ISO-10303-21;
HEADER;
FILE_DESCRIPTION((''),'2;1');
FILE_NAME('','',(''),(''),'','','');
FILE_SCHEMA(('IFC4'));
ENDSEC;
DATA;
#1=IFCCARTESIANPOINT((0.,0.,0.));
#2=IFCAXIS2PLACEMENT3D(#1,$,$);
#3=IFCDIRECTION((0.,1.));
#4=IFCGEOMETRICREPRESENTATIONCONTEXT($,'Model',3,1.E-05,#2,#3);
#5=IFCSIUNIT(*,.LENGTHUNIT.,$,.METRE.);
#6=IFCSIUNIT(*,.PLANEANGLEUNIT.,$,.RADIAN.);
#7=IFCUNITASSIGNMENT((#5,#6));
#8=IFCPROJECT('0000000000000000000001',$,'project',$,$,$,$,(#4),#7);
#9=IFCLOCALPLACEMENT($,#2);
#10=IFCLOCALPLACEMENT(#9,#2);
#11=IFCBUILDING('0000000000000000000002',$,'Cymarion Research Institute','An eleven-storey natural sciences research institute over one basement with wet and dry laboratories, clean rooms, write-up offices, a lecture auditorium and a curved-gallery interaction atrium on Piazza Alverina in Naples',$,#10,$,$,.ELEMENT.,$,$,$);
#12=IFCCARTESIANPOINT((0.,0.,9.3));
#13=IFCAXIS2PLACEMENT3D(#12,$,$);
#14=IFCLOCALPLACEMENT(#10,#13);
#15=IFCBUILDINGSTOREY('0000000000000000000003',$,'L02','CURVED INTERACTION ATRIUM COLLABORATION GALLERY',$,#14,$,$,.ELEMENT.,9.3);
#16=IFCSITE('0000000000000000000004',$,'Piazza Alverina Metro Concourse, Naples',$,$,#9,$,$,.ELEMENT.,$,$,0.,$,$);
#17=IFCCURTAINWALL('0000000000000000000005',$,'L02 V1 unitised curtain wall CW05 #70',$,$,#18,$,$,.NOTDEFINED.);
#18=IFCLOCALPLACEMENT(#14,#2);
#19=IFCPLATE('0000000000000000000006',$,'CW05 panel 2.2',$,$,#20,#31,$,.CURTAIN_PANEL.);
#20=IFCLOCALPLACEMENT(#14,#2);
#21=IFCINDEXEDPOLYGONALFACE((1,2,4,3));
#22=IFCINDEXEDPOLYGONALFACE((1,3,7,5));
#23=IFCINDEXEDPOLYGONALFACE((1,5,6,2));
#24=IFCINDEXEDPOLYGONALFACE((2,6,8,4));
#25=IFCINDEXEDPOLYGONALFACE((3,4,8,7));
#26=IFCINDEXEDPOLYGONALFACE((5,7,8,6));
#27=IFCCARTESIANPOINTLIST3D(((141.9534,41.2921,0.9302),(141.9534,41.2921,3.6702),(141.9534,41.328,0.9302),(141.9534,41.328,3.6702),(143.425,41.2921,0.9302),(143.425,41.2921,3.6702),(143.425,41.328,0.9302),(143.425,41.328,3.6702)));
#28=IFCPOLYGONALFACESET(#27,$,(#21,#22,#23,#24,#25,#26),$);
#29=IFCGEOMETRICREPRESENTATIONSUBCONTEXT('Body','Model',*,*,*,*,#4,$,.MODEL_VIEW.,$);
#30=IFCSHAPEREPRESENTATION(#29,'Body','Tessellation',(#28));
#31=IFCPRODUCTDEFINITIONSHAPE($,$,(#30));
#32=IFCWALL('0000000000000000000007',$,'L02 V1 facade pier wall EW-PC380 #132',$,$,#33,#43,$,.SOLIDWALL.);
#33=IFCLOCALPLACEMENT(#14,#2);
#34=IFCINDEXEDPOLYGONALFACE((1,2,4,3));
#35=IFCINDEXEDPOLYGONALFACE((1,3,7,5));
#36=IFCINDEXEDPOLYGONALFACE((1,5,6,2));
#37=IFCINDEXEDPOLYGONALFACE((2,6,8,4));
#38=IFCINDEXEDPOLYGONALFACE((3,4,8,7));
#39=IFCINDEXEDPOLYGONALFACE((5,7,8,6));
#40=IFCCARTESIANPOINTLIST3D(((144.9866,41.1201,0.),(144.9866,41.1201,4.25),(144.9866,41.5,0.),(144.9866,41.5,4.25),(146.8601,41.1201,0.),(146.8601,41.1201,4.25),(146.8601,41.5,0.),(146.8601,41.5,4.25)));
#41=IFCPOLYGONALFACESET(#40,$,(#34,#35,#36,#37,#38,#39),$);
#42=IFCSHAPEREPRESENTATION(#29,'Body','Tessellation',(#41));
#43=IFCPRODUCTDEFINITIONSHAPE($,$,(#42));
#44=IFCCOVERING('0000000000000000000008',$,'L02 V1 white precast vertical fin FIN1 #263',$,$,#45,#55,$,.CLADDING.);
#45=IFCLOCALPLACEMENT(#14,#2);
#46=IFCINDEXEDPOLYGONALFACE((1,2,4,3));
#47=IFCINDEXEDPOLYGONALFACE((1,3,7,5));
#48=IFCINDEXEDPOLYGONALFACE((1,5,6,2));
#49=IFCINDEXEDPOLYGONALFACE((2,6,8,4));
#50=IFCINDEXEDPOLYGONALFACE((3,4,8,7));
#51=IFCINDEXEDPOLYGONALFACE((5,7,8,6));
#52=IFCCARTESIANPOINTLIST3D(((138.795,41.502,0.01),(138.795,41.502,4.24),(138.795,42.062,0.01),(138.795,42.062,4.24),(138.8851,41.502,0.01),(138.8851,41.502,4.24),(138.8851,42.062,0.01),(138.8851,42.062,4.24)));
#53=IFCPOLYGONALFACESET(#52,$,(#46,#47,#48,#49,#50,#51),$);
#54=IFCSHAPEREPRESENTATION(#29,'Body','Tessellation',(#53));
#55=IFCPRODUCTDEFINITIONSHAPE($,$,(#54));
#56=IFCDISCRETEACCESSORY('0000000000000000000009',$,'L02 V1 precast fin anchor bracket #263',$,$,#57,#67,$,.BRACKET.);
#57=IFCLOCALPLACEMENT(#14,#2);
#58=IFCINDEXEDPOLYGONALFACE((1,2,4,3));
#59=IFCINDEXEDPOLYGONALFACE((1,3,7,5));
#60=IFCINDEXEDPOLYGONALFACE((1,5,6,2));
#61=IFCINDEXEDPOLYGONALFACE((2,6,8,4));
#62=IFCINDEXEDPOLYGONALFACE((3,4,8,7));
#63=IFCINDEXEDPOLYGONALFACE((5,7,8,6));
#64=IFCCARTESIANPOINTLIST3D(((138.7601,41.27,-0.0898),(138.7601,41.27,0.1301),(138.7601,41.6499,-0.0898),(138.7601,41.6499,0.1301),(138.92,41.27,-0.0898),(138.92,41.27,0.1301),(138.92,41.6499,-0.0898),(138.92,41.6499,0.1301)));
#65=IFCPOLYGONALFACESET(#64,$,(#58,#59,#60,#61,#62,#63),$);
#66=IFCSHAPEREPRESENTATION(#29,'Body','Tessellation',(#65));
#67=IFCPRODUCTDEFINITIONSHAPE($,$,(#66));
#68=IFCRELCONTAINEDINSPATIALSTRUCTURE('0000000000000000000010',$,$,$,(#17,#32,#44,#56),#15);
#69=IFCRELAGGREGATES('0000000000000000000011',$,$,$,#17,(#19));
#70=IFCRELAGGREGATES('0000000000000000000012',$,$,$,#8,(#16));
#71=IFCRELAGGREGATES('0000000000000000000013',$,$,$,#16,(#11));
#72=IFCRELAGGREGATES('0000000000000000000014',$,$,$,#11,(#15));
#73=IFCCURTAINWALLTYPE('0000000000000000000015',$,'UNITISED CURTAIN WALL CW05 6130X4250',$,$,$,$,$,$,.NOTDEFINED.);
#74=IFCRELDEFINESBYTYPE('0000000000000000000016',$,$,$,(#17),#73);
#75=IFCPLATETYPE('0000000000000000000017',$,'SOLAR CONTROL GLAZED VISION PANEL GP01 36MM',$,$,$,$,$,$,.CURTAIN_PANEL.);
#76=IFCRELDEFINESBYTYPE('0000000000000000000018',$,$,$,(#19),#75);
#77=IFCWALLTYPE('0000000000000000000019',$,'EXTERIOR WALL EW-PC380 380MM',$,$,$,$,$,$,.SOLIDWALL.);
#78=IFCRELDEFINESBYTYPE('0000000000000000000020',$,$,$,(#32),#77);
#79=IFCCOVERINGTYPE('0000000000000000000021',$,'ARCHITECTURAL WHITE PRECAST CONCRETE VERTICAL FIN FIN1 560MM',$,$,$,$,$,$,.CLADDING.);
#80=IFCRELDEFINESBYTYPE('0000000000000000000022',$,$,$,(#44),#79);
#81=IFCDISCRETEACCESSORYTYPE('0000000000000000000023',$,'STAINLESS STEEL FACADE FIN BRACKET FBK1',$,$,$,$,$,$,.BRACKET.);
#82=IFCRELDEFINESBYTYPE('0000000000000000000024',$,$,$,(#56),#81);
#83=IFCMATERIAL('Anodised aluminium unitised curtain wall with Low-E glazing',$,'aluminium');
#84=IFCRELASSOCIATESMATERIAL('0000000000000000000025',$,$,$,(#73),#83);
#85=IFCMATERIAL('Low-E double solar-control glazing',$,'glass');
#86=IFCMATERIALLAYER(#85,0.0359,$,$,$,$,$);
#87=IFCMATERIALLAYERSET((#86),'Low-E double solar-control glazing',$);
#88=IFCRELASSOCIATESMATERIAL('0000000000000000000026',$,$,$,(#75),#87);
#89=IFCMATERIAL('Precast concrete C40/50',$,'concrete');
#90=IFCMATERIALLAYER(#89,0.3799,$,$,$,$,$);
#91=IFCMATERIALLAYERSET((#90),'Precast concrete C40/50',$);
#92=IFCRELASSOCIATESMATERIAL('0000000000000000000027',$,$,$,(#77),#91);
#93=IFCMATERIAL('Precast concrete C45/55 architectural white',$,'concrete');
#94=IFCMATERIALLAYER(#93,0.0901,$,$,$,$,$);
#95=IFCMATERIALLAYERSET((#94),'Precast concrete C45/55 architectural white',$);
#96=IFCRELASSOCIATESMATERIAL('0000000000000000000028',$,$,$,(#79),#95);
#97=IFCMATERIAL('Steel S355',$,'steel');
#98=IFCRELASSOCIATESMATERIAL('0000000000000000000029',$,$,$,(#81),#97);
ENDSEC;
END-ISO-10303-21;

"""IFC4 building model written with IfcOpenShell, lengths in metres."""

from ifc_helpers import new_model, si_unit, direction, frame, frame_2d, origin, origin_2d, place, context, subcontext, project, spatial, rectangle, extrude, material, layer, layer_set, type_object, element, aggregate, save


model = new_model("IFC4")

# Units and contexts
model_context = context("Model", 3, precision=1e-05, world=origin(), true_north=direction((0.0, 1.0)))
body_context = subcontext(model_context, "Body", "Model", "MODEL_VIEW")
ifc_project = project(units=[si_unit("LENGTHUNIT", "METRE"), si_unit("PLANEANGLEUNIT", "RADIAN")], contexts=[model_context])

# Site, building, storey
site_placement = place(None, origin())
site = spatial("IfcSite", under=ifc_project, at=site_placement, Name="Piazza Alverina Metro Concourse, Naples", CompositionType="ELEMENT", RefElevation=0.0)
building_placement = place(site_placement, origin())
building = spatial("IfcBuilding", under=site, at=building_placement, Name="Cymarion Research Institute", Description="An eleven-storey natural sciences research institute over one basement with wet and dry laboratories, clean rooms, write-up offices, a lecture auditorium and a curved-gallery interaction atrium on Piazza Alverina in Naples", CompositionType="ELEMENT")
storey_placement = place(building_placement, frame((0.0, 0.0, 9.3)))
storey = spatial("IfcBuildingStorey", under=building, at=storey_placement, Name="L02", Description="CURVED INTERACTION ATRIUM COLLABORATION GALLERY", CompositionType="ELEMENT", Elevation=9.3)

# Shared definitions
ifc_material_1 = material(Name="Steel S355", Category="steel")

# Shared definitions
ifc_material_2 = material(Name="Anodised aluminium unitised curtain wall with Low-E glazing", Category="aluminium")

# Curtain wall
curtain_wall_type_1 = type_object("IfcCurtainWallType", Name="UNITISED CURTAIN WALL CW05 6130X4250", PredefinedType="NOTDEFINED", material=ifc_material_2)
curtain_wall_1_placement = place(storey_placement, origin())
curtain_wall_1 = element("IfcCurtainWall", 1, at=curtain_wall_1_placement, inside=storey, type_object=curtain_wall_type_1, Name="L02 V1 unitised curtain wall CW05 #70", PredefinedType="NOTDEFINED")

# Plate
ifc_material_3 = material(Name="Low-E double solar-control glazing", Category="glass")
ifc_layer_1 = layer(ifc_material_3, 0.0359)
ifc_layer_set_1 = layer_set([ifc_layer_1], Name="Low-E double solar-control glazing")
plate_type_1 = type_object("IfcPlateType", Name="SOLAR CONTROL GLAZED VISION PANEL GP01 36MM", PredefinedType="CURTAIN_PANEL", material=ifc_layer_set_1)
plate_1_placement = place(storey_placement, frame((142.6892, 41.3101, 0.9302), z_axis=(0.0, 0.0, 1.0), x_axis=(-1.0, 0.0, 0.0)))
plate_1 = element("IfcPlate", 2, at=plate_1_placement, type_object=plate_type_1, Name="CW05 panel 2.2", PredefinedType="CURTAIN_PANEL", context=body_context, shape_type="SweptSolid", body=[
    extrude(rectangle(XDim=1.4717, YDim=0.0359, at=origin_2d()), origin(), (0.0, 0.0, 1.0), 2.74),
])
aggregate(curtain_wall_1, [plate_1])

# Wall
ifc_material_4 = material(Name="Precast concrete C40/50", Category="concrete")
ifc_layer_2 = layer(ifc_material_4, 0.3799)
ifc_layer_set_2 = layer_set([ifc_layer_2], Name="Precast concrete C40/50")
wall_type = type_object("IfcWallType", Name="EXTERIOR WALL EW-PC380 380MM", PredefinedType="SOLIDWALL", material=ifc_layer_set_2)
wall_placement = place(storey_placement, frame((146.8601, 41.3101, 0.0), z_axis=(0.0, 0.0, 1.0), x_axis=(-1.0, 0.0, 0.0)))
element("IfcWall", 3, at=wall_placement, inside=storey, type_object=wall_type, Name="L02 V1 facade pier wall EW-PC380 #132", PredefinedType="SOLIDWALL", context=body_context, shape_type="SweptSolid", body=[
    extrude(rectangle(XDim=1.8735, YDim=0.3799, at=frame_2d((0.9368, 0.0))), origin(), (0.0, 0.0, 1.0), 4.25),
])

# Covering
ifc_material_5 = material(Name="Precast concrete C45/55 architectural white", Category="concrete")
ifc_layer_3 = layer(ifc_material_5, 0.0901)
ifc_layer_set_3 = layer_set([ifc_layer_3], Name="Precast concrete C45/55 architectural white")
covering_type = type_object("IfcCoveringType", Name="ARCHITECTURAL WHITE PRECAST CONCRETE VERTICAL FIN FIN1 560MM", PredefinedType="CLADDING", material=ifc_layer_set_3)
covering_placement = place(storey_placement, frame((138.8401, 41.782, 0.01), z_axis=(0.0, 0.0, 1.0), x_axis=(0.0, 1.0, 0.0)))
element("IfcCovering", 4, at=covering_placement, inside=storey, type_object=covering_type, Name="L02 V1 white precast vertical fin FIN1 #263", PredefinedType="CLADDING", context=body_context, shape_type="SweptSolid", body=[
    extrude(rectangle(XDim=0.5601, YDim=0.0901, at=origin_2d()), origin(), (0.0, 0.0, 1.0), 4.23),
])

# Discrete accessory
discrete_accessory_type = type_object("IfcDiscreteAccessoryType", Name="STAINLESS STEEL FACADE FIN BRACKET FBK1", PredefinedType="BRACKET", material=ifc_material_1)
discrete_accessory_placement = place(storey_placement, frame((138.8401, 41.46, -0.0898), z_axis=(0.0, 0.0, 1.0), x_axis=(0.0, 1.0, 0.0)))
element("IfcDiscreteAccessory", 5, at=discrete_accessory_placement, inside=storey, type_object=discrete_accessory_type, Name="L02 V1 precast fin anchor bracket #263", PredefinedType="BRACKET", context=body_context, shape_type="SweptSolid", body=[
    extrude(rectangle(XDim=0.3799, YDim=0.1599, at=origin_2d()), origin(), (0.0, 0.0, 1.0), 0.22),
])

save(model, "model.ifc")
